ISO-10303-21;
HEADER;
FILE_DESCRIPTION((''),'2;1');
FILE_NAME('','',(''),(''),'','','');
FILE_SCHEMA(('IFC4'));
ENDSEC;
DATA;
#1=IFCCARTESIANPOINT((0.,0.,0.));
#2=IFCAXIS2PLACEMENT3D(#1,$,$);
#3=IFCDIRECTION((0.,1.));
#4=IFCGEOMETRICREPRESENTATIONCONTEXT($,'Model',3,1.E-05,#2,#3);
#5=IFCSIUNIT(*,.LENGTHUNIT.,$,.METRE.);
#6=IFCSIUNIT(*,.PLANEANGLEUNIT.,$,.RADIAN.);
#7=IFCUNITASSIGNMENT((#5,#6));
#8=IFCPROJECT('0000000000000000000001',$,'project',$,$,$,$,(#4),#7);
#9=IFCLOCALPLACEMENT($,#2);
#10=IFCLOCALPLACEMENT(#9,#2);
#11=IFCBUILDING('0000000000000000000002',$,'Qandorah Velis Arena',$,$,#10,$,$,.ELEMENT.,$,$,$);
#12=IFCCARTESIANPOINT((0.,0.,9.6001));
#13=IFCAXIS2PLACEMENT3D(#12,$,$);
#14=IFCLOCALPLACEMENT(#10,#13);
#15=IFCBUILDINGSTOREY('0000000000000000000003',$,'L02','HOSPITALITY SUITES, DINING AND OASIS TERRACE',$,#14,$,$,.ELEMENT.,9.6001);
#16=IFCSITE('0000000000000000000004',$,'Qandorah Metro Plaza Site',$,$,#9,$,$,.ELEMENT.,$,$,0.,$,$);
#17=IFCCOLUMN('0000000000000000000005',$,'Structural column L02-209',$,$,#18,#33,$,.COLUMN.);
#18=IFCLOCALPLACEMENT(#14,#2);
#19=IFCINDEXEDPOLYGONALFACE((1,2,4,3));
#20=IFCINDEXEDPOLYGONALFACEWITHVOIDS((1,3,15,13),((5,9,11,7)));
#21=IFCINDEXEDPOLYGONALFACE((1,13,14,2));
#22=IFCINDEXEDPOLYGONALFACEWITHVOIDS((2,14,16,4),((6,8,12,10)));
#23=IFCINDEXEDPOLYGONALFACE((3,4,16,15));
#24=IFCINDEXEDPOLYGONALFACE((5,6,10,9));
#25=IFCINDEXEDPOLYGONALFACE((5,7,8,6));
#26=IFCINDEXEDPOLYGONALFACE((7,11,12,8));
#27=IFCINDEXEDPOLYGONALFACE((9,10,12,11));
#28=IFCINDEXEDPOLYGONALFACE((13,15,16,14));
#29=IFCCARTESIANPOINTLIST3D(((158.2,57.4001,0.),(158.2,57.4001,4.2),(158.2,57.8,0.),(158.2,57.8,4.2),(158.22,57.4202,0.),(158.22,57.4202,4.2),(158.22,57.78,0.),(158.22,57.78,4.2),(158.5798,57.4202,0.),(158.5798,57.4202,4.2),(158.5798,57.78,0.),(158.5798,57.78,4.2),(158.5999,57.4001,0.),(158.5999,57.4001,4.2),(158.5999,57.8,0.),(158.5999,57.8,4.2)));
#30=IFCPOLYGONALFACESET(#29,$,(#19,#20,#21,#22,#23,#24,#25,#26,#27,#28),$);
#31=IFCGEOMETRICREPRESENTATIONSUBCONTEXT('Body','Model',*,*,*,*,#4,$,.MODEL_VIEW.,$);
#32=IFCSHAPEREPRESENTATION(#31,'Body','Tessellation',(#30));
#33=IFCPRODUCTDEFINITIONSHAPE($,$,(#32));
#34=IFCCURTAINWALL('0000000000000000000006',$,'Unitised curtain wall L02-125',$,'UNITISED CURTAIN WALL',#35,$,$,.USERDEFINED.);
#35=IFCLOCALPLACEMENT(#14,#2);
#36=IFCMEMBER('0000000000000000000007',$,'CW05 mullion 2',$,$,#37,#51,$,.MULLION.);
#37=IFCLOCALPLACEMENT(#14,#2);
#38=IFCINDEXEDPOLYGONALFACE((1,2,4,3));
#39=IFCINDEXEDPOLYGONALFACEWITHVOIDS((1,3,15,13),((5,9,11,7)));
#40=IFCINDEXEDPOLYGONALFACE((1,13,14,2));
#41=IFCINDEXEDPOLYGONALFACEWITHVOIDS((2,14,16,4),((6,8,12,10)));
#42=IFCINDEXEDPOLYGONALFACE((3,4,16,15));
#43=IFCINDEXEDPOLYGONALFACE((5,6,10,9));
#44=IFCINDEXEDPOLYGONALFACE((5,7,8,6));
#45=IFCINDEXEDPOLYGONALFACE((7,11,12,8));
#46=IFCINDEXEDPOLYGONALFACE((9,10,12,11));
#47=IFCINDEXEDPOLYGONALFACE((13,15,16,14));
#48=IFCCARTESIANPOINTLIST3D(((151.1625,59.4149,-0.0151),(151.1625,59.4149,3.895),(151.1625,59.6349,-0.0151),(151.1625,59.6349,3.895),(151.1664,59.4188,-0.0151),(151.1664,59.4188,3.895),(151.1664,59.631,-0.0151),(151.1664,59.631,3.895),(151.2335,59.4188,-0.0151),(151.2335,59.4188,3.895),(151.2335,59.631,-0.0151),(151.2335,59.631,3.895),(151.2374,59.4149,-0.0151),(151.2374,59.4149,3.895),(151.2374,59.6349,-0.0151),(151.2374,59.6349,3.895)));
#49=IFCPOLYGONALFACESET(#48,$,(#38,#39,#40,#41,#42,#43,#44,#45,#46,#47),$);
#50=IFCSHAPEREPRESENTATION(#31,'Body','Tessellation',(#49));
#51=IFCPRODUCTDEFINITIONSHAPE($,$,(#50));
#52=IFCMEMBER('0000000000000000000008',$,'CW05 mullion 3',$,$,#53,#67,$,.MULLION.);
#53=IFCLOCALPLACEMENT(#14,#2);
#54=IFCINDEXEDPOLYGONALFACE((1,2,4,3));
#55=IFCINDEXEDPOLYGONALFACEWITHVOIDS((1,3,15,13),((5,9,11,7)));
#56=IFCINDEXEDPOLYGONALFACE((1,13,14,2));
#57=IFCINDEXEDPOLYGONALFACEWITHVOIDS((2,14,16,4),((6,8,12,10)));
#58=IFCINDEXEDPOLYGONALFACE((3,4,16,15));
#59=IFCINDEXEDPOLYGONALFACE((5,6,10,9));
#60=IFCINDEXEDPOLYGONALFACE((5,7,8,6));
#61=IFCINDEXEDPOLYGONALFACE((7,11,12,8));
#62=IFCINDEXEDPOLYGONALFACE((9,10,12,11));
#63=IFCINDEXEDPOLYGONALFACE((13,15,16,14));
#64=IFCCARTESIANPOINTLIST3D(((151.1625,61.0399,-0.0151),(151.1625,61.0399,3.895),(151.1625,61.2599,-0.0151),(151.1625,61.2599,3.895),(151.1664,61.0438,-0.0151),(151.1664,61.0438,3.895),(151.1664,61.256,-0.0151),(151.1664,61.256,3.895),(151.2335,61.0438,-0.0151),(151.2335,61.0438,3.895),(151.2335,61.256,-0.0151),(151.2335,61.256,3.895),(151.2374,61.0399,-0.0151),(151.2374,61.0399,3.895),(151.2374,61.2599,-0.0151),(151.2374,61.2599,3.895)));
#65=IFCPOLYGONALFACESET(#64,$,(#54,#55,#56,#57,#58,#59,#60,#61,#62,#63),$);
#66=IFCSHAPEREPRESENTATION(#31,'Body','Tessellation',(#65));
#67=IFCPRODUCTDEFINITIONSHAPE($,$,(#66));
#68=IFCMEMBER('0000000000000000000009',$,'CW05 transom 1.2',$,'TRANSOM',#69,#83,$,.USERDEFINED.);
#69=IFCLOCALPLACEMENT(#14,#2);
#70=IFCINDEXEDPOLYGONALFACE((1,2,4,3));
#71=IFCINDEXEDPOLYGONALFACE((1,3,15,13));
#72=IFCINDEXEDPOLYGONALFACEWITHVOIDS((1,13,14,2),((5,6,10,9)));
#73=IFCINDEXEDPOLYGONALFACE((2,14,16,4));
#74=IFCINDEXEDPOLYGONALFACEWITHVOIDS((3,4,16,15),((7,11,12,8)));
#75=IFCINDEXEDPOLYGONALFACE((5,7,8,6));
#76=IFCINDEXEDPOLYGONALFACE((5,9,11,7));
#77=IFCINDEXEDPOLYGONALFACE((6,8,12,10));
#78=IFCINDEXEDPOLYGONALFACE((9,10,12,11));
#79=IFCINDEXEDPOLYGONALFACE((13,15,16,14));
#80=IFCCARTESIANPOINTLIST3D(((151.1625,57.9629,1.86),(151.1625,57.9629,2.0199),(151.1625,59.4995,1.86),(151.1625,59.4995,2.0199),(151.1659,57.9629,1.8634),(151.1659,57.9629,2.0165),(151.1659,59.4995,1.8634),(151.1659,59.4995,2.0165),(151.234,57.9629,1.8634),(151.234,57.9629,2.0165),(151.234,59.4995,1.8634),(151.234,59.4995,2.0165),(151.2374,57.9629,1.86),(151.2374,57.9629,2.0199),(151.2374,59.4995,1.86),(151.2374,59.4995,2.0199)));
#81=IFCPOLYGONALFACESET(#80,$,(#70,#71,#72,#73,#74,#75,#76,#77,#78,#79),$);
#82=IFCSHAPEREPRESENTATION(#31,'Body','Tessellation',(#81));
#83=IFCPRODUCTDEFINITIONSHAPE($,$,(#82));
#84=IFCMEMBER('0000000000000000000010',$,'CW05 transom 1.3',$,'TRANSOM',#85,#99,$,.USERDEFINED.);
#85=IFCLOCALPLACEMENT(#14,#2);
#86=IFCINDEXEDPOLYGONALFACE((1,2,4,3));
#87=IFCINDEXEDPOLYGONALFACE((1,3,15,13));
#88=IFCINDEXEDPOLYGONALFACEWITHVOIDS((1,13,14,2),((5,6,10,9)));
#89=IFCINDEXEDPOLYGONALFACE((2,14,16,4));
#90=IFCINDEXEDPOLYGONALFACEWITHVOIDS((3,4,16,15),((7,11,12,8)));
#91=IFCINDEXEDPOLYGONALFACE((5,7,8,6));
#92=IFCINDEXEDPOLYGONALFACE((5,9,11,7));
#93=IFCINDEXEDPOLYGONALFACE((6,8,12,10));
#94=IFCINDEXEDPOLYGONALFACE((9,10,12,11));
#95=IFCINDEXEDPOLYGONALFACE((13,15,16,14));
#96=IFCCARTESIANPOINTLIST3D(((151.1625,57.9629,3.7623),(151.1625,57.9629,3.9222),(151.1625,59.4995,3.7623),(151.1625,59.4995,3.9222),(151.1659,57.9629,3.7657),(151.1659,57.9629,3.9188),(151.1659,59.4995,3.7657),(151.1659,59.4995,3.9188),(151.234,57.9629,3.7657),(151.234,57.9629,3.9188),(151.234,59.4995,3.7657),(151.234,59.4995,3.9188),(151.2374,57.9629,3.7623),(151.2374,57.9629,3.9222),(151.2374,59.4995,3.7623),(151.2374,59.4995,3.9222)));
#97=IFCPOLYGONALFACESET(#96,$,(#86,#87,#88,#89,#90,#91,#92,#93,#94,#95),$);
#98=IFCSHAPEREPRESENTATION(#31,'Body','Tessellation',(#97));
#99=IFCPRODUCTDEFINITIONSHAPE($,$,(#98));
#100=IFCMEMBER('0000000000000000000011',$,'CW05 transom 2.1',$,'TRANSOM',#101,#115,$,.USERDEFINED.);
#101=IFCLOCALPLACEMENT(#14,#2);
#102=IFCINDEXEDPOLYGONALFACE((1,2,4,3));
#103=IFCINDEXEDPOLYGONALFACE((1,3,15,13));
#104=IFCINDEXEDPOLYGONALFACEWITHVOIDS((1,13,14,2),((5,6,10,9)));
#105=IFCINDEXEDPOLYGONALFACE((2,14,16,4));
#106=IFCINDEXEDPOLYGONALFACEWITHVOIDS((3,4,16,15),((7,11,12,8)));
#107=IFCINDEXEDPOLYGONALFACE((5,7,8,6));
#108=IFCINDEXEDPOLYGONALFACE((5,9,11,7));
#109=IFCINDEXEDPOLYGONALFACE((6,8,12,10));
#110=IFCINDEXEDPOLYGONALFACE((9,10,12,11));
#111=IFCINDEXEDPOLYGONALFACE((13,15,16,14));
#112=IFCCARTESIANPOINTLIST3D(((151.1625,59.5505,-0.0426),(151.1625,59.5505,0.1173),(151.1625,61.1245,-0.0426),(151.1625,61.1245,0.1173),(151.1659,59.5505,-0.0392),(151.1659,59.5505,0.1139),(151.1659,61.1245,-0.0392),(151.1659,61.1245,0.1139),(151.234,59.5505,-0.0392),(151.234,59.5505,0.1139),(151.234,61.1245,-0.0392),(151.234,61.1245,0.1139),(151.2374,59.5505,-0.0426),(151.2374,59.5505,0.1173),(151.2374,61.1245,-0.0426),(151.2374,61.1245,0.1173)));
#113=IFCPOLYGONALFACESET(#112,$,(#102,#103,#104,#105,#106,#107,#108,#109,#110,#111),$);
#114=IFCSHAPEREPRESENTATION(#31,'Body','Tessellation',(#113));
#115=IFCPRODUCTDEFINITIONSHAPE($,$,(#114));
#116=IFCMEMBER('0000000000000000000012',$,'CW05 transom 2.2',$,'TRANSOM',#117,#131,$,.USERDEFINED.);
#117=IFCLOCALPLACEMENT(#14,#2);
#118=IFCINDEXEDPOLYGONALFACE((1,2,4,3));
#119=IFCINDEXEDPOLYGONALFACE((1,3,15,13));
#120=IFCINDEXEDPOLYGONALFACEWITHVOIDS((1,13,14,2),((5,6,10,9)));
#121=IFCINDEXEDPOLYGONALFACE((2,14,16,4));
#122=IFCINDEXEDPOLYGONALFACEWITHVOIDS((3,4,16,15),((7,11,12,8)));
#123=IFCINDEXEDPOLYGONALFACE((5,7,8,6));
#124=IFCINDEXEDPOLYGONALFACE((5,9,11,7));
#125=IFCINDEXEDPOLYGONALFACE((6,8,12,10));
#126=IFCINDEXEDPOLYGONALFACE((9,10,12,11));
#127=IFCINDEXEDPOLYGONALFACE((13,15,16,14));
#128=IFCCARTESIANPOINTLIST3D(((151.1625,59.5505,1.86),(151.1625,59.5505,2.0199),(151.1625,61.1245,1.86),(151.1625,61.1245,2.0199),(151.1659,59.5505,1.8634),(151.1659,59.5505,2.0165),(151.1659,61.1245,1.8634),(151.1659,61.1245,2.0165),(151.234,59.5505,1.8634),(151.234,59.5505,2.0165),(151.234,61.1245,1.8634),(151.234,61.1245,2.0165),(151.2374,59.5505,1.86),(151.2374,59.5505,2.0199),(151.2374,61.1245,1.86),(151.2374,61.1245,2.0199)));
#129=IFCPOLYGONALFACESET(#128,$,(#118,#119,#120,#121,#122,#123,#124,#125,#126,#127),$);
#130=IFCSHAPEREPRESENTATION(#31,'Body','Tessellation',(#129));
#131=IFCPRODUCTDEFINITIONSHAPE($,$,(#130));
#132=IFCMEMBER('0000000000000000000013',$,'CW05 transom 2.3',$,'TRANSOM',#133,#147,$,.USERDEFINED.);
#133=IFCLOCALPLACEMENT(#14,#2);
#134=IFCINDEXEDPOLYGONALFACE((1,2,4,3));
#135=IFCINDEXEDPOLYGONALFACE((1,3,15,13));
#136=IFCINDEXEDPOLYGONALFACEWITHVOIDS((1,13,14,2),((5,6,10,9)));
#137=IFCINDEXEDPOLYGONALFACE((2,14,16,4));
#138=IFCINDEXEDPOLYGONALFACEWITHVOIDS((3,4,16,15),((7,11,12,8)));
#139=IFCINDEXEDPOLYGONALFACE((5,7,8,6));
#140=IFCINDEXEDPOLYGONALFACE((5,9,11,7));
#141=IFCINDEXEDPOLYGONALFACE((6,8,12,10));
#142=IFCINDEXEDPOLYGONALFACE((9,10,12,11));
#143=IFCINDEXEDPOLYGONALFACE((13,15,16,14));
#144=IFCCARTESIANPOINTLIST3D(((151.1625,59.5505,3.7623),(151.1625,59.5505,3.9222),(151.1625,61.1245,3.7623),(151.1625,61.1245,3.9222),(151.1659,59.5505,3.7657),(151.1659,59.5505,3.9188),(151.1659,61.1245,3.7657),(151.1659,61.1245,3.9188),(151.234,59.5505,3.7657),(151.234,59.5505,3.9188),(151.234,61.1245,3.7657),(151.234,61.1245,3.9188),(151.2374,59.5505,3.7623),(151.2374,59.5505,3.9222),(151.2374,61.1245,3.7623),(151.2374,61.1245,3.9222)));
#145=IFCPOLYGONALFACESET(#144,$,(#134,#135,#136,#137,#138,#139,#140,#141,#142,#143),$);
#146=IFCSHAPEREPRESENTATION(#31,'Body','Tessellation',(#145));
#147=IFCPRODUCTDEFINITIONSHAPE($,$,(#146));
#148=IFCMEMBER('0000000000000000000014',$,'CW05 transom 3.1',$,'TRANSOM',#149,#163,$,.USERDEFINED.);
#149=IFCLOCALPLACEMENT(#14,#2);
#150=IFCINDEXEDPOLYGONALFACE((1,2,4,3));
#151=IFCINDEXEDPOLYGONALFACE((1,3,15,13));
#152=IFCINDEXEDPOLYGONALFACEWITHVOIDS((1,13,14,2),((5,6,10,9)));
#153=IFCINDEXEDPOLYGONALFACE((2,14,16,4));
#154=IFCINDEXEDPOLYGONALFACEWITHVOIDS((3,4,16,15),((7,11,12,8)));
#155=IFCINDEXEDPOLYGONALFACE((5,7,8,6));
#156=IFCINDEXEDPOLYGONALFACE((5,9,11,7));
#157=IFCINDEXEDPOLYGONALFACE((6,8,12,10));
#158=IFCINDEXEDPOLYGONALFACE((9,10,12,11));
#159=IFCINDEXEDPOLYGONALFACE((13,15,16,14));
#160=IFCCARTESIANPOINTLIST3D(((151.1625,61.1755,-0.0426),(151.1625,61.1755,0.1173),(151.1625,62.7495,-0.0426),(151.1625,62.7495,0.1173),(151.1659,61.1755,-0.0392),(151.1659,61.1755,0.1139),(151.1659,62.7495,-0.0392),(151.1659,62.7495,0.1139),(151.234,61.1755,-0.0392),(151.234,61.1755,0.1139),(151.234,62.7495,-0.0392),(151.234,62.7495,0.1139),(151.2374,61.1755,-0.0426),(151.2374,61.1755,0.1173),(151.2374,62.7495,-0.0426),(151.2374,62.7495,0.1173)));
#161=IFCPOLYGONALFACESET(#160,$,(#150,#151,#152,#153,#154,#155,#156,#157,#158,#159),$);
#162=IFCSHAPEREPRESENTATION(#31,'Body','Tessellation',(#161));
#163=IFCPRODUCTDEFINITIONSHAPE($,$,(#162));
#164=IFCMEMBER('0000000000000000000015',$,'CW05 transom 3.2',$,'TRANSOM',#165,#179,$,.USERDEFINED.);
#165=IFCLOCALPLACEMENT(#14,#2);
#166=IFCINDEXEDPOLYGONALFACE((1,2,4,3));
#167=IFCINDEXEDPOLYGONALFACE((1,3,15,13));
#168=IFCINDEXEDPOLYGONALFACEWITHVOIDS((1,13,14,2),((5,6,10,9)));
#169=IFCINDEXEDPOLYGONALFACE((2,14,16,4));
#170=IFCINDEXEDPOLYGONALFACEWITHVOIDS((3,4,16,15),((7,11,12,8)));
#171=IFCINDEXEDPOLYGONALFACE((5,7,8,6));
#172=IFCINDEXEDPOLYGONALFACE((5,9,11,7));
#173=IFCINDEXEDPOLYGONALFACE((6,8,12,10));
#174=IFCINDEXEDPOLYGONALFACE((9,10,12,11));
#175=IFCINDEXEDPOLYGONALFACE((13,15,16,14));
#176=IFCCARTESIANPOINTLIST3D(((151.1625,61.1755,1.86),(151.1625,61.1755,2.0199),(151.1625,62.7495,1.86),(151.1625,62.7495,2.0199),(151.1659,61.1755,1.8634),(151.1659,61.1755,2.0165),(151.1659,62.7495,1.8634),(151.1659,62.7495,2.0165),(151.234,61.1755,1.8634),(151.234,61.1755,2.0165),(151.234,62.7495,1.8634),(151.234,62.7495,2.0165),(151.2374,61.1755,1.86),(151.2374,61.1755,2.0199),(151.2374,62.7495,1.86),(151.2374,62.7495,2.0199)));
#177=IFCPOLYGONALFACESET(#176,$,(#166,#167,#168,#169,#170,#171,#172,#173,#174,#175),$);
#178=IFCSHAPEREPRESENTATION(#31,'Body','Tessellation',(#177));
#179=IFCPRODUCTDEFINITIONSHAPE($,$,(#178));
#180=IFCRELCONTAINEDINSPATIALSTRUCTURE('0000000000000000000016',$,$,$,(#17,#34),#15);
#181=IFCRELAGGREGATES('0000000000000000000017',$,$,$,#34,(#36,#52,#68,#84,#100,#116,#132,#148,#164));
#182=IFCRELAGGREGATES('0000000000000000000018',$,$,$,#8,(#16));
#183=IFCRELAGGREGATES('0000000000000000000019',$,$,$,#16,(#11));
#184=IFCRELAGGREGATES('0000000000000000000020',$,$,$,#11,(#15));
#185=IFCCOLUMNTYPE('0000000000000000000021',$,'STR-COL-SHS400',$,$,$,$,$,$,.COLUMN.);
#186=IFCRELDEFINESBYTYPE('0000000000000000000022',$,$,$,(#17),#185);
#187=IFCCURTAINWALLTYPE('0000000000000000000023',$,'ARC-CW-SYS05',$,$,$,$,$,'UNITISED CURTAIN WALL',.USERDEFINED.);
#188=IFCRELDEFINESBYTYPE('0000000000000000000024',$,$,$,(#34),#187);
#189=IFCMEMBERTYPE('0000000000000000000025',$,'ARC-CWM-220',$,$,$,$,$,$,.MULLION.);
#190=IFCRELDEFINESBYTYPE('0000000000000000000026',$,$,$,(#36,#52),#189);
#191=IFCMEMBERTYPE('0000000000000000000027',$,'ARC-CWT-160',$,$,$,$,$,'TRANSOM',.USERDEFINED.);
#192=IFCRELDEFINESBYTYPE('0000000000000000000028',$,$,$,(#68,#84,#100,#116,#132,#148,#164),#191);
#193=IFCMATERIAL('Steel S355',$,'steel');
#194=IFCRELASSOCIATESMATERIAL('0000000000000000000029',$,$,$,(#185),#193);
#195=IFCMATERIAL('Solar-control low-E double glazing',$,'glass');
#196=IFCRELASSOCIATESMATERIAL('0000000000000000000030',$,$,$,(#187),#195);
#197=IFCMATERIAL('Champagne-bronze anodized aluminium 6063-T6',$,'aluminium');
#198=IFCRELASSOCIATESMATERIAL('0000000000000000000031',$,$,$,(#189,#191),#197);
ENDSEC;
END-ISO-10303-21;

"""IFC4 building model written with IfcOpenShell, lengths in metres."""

from ifc_helpers import new_model, si_unit, direction, frame, origin, origin_2d, place, context, subcontext, project, spatial, hollow_rectangle, extrude, material, material_profile, profile_set, type_object, element, aggregate, save


model = new_model("IFC4")

# Units and contexts
model_context = context("Model", 3, precision=1e-05, world=origin(), true_north=direction((0.0, 1.0)))
body_context = subcontext(model_context, "Body", "Model", "MODEL_VIEW")
ifc_project = project(units=[si_unit("LENGTHUNIT", "METRE"), si_unit("PLANEANGLEUNIT", "RADIAN")], contexts=[model_context])

# Site, building, storey
site_placement = place(None, origin())
site = spatial("IfcSite", under=ifc_project, at=site_placement, Name="Qandorah Metro Plaza Site", CompositionType="ELEMENT", RefElevation=0.0)
building_placement = place(site_placement, origin())
building = spatial("IfcBuilding", under=site, at=building_placement, Name="Qandorah Velis Arena", CompositionType="ELEMENT")
storey_placement = place(building_placement, frame((0.0, 0.0, 9.6001)))
storey = spatial("IfcBuildingStorey", under=building, at=storey_placement, Name="L02", Description="HOSPITALITY SUITES, DINING AND OASIS TERRACE", CompositionType="ELEMENT", Elevation=9.6001)

# Column
ifc_material_1 = material(Name="Steel S355", Category="steel")
ifc_material_profile_1 = material_profile(ifc_material_1, hollow_rectangle(XDim=0.3999, YDim=0.3999, WallThickness=0.02, at=origin_2d()), Name="SHS 400x400x20")
ifc_profile_set_1 = profile_set([ifc_material_profile_1], Name="Steel S355")
column_type = type_object("IfcColumnType", Name="STR-COL-SHS400", PredefinedType="COLUMN", material=ifc_profile_set_1)
column_placement = place(storey_placement, frame((158.3999, 57.6001, 0.0), z_axis=(0.0, 0.0, 1.0), x_axis=(1.0, 0.0, 0.0)))
element("IfcColumn", 1, at=column_placement, inside=storey, type_object=column_type, Name="Structural column L02-209", PredefinedType="COLUMN", context=body_context, shape_type="SweptSolid", body=[
    extrude(hollow_rectangle(XDim=0.3999, YDim=0.3999, WallThickness=0.02, at=origin_2d()), origin(), (0.0, 0.0, 1.0), 4.2),
])

# Curtain wall, members
ifc_material_2 = material(Name="Solar-control low-E double glazing", Category="glass")
curtain_wall_type = type_object("IfcCurtainWallType", Name="ARC-CW-SYS05", ElementType="UNITISED CURTAIN WALL", PredefinedType="USERDEFINED", material=ifc_material_2)
curtain_wall_placement = place(storey_placement, origin())
curtain_wall = element("IfcCurtainWall", 2, at=curtain_wall_placement, inside=storey, type_object=curtain_wall_type, Name="Unitised curtain wall L02-125", ObjectType="UNITISED CURTAIN WALL", PredefinedType="USERDEFINED")
ifc_material_3 = material(Name="Champagne-bronze anodized aluminium 6063-T6", Category="aluminium")
ifc_material_profile_2 = material_profile(ifc_material_3, hollow_rectangle(XDim=0.075, YDim=0.22, WallThickness=0.0039, at=origin_2d()), Name="ALU MULLION 75x220")
ifc_profile_set_2 = profile_set([ifc_material_profile_2], Name="Champagne-bronze anodized aluminium 6063-T6")
member_type_1 = type_object("IfcMemberType", Name="ARC-CWM-220", PredefinedType="MULLION", material=ifc_profile_set_2)
member_1_placement = place(storey_placement, frame((151.2, 59.5249, -0.0151), z_axis=(0.0, 0.0, 1.0), x_axis=(-1.0, 0.0, 0.0)))
member_1 = element("IfcMember", 3, at=member_1_placement, type_object=member_type_1, Name="CW05 mullion 2", PredefinedType="MULLION", context=body_context, shape_type="SweptSolid", body=[
    extrude(hollow_rectangle(XDim=0.075, YDim=0.22, WallThickness=0.0039, at=origin_2d()), origin(), (0.0, 0.0, 1.0), 3.9102),
])
member_2_placement = place(storey_placement, frame((151.2, 61.1499, -0.0151), z_axis=(0.0, 0.0, 1.0), x_axis=(-1.0, 0.0, 0.0)))
member_2 = element("IfcMember", 4, at=member_2_placement, type_object=member_type_1, Name="CW05 mullion 3", PredefinedType="MULLION", context=body_context, shape_type="SweptSolid", body=[
    extrude(hollow_rectangle(XDim=0.075, YDim=0.22, WallThickness=0.0039, at=origin_2d()), origin(), (0.0, 0.0, 1.0), 3.9102),
])
ifc_material_profile_3 = material_profile(ifc_material_3, hollow_rectangle(XDim=0.075, YDim=0.1599, WallThickness=0.0034, at=origin_2d()), Name="ALU TRANSOM 75x160")
ifc_profile_set_3 = profile_set([ifc_material_profile_3], Name="Champagne-bronze anodized aluminium 6063-T6")
member_type_2 = type_object("IfcMemberType", Name="ARC-CWT-160", ElementType="TRANSOM", PredefinedType="USERDEFINED", material=ifc_profile_set_3)
member_3_placement = place(storey_placement, frame((151.2, 57.9629, 1.9399), z_axis=(0.0, 1.0, 0.0), x_axis=(-1.0, 0.0, 0.0)))
member_3 = element("IfcMember", 5, at=member_3_placement, type_object=member_type_2, Name="CW05 transom 1.2", ObjectType="TRANSOM", PredefinedType="USERDEFINED", context=body_context, shape_type="SweptSolid", body=[
    extrude(hollow_rectangle(XDim=0.075, YDim=0.1599, WallThickness=0.0034, at=origin_2d()), origin(), (0.0, 0.0, 1.0), 1.5366),
])
member_4_placement = place(storey_placement, frame((151.2, 57.9629, 3.8423), z_axis=(0.0, 1.0, 0.0), x_axis=(-1.0, 0.0, 0.0)))
member_4 = element("IfcMember", 6, at=member_4_placement, type_object=member_type_2, Name="CW05 transom 1.3", ObjectType="TRANSOM", PredefinedType="USERDEFINED", context=body_context, shape_type="SweptSolid", body=[
    extrude(hollow_rectangle(XDim=0.075, YDim=0.1599, WallThickness=0.0034, at=origin_2d()), origin(), (0.0, 0.0, 1.0), 1.5366),
])
member_5_placement = place(storey_placement, frame((151.2, 59.5505, 0.0374), z_axis=(0.0, 1.0, 0.0), x_axis=(-1.0, 0.0, 0.0)))
member_5 = element("IfcMember", 7, at=member_5_placement, type_object=member_type_2, Name="CW05 transom 2.1", ObjectType="TRANSOM", PredefinedType="USERDEFINED", context=body_context, shape_type="SweptSolid", body=[
    extrude(hollow_rectangle(XDim=0.075, YDim=0.1599, WallThickness=0.0034, at=origin_2d()), origin(), (0.0, 0.0, 1.0), 1.574),
])
member_6_placement = place(storey_placement, frame((151.2, 59.5505, 1.9399), z_axis=(0.0, 1.0, 0.0), x_axis=(-1.0, 0.0, 0.0)))
member_6 = element("IfcMember", 8, at=member_6_placement, type_object=member_type_2, Name="CW05 transom 2.2", ObjectType="TRANSOM", PredefinedType="USERDEFINED", context=body_context, shape_type="SweptSolid", body=[
    extrude(hollow_rectangle(XDim=0.075, YDim=0.1599, WallThickness=0.0034, at=origin_2d()), origin(), (0.0, 0.0, 1.0), 1.574),
])
member_7_placement = place(storey_placement, frame((151.2, 59.5505, 3.8423), z_axis=(0.0, 1.0, 0.0), x_axis=(-1.0, 0.0, 0.0)))
member_7 = element("IfcMember", 9, at=member_7_placement, type_object=member_type_2, Name="CW05 transom 2.3", ObjectType="TRANSOM", PredefinedType="USERDEFINED", context=body_context, shape_type="SweptSolid", body=[
    extrude(hollow_rectangle(XDim=0.075, YDim=0.1599, WallThickness=0.0034, at=origin_2d()), origin(), (0.0, 0.0, 1.0), 1.574),
])
member_8_placement = place(storey_placement, frame((151.2, 61.1755, 0.0374), z_axis=(0.0, 1.0, 0.0), x_axis=(-1.0, 0.0, 0.0)))
member_8 = element("IfcMember", 10, at=member_8_placement, type_object=member_type_2, Name="CW05 transom 3.1", ObjectType="TRANSOM", PredefinedType="USERDEFINED", context=body_context, shape_type="SweptSolid", body=[
    extrude(hollow_rectangle(XDim=0.075, YDim=0.1599, WallThickness=0.0034, at=origin_2d()), origin(), (0.0, 0.0, 1.0), 1.574),
])
member_9_placement = place(storey_placement, frame((151.2, 61.1755, 1.9399), z_axis=(0.0, 1.0, 0.0), x_axis=(-1.0, 0.0, 0.0)))
member_9 = element("IfcMember", 11, at=member_9_placement, type_object=member_type_2, Name="CW05 transom 3.2", ObjectType="TRANSOM", PredefinedType="USERDEFINED", context=body_context, shape_type="SweptSolid", body=[
    extrude(hollow_rectangle(XDim=0.075, YDim=0.1599, WallThickness=0.0034, at=origin_2d()), origin(), (0.0, 0.0, 1.0), 1.574),
])

aggregate(curtain_wall, [member_1, member_2, member_3, member_4, member_5, member_6, member_7, member_8, member_9])

save(model, "model.ifc")
